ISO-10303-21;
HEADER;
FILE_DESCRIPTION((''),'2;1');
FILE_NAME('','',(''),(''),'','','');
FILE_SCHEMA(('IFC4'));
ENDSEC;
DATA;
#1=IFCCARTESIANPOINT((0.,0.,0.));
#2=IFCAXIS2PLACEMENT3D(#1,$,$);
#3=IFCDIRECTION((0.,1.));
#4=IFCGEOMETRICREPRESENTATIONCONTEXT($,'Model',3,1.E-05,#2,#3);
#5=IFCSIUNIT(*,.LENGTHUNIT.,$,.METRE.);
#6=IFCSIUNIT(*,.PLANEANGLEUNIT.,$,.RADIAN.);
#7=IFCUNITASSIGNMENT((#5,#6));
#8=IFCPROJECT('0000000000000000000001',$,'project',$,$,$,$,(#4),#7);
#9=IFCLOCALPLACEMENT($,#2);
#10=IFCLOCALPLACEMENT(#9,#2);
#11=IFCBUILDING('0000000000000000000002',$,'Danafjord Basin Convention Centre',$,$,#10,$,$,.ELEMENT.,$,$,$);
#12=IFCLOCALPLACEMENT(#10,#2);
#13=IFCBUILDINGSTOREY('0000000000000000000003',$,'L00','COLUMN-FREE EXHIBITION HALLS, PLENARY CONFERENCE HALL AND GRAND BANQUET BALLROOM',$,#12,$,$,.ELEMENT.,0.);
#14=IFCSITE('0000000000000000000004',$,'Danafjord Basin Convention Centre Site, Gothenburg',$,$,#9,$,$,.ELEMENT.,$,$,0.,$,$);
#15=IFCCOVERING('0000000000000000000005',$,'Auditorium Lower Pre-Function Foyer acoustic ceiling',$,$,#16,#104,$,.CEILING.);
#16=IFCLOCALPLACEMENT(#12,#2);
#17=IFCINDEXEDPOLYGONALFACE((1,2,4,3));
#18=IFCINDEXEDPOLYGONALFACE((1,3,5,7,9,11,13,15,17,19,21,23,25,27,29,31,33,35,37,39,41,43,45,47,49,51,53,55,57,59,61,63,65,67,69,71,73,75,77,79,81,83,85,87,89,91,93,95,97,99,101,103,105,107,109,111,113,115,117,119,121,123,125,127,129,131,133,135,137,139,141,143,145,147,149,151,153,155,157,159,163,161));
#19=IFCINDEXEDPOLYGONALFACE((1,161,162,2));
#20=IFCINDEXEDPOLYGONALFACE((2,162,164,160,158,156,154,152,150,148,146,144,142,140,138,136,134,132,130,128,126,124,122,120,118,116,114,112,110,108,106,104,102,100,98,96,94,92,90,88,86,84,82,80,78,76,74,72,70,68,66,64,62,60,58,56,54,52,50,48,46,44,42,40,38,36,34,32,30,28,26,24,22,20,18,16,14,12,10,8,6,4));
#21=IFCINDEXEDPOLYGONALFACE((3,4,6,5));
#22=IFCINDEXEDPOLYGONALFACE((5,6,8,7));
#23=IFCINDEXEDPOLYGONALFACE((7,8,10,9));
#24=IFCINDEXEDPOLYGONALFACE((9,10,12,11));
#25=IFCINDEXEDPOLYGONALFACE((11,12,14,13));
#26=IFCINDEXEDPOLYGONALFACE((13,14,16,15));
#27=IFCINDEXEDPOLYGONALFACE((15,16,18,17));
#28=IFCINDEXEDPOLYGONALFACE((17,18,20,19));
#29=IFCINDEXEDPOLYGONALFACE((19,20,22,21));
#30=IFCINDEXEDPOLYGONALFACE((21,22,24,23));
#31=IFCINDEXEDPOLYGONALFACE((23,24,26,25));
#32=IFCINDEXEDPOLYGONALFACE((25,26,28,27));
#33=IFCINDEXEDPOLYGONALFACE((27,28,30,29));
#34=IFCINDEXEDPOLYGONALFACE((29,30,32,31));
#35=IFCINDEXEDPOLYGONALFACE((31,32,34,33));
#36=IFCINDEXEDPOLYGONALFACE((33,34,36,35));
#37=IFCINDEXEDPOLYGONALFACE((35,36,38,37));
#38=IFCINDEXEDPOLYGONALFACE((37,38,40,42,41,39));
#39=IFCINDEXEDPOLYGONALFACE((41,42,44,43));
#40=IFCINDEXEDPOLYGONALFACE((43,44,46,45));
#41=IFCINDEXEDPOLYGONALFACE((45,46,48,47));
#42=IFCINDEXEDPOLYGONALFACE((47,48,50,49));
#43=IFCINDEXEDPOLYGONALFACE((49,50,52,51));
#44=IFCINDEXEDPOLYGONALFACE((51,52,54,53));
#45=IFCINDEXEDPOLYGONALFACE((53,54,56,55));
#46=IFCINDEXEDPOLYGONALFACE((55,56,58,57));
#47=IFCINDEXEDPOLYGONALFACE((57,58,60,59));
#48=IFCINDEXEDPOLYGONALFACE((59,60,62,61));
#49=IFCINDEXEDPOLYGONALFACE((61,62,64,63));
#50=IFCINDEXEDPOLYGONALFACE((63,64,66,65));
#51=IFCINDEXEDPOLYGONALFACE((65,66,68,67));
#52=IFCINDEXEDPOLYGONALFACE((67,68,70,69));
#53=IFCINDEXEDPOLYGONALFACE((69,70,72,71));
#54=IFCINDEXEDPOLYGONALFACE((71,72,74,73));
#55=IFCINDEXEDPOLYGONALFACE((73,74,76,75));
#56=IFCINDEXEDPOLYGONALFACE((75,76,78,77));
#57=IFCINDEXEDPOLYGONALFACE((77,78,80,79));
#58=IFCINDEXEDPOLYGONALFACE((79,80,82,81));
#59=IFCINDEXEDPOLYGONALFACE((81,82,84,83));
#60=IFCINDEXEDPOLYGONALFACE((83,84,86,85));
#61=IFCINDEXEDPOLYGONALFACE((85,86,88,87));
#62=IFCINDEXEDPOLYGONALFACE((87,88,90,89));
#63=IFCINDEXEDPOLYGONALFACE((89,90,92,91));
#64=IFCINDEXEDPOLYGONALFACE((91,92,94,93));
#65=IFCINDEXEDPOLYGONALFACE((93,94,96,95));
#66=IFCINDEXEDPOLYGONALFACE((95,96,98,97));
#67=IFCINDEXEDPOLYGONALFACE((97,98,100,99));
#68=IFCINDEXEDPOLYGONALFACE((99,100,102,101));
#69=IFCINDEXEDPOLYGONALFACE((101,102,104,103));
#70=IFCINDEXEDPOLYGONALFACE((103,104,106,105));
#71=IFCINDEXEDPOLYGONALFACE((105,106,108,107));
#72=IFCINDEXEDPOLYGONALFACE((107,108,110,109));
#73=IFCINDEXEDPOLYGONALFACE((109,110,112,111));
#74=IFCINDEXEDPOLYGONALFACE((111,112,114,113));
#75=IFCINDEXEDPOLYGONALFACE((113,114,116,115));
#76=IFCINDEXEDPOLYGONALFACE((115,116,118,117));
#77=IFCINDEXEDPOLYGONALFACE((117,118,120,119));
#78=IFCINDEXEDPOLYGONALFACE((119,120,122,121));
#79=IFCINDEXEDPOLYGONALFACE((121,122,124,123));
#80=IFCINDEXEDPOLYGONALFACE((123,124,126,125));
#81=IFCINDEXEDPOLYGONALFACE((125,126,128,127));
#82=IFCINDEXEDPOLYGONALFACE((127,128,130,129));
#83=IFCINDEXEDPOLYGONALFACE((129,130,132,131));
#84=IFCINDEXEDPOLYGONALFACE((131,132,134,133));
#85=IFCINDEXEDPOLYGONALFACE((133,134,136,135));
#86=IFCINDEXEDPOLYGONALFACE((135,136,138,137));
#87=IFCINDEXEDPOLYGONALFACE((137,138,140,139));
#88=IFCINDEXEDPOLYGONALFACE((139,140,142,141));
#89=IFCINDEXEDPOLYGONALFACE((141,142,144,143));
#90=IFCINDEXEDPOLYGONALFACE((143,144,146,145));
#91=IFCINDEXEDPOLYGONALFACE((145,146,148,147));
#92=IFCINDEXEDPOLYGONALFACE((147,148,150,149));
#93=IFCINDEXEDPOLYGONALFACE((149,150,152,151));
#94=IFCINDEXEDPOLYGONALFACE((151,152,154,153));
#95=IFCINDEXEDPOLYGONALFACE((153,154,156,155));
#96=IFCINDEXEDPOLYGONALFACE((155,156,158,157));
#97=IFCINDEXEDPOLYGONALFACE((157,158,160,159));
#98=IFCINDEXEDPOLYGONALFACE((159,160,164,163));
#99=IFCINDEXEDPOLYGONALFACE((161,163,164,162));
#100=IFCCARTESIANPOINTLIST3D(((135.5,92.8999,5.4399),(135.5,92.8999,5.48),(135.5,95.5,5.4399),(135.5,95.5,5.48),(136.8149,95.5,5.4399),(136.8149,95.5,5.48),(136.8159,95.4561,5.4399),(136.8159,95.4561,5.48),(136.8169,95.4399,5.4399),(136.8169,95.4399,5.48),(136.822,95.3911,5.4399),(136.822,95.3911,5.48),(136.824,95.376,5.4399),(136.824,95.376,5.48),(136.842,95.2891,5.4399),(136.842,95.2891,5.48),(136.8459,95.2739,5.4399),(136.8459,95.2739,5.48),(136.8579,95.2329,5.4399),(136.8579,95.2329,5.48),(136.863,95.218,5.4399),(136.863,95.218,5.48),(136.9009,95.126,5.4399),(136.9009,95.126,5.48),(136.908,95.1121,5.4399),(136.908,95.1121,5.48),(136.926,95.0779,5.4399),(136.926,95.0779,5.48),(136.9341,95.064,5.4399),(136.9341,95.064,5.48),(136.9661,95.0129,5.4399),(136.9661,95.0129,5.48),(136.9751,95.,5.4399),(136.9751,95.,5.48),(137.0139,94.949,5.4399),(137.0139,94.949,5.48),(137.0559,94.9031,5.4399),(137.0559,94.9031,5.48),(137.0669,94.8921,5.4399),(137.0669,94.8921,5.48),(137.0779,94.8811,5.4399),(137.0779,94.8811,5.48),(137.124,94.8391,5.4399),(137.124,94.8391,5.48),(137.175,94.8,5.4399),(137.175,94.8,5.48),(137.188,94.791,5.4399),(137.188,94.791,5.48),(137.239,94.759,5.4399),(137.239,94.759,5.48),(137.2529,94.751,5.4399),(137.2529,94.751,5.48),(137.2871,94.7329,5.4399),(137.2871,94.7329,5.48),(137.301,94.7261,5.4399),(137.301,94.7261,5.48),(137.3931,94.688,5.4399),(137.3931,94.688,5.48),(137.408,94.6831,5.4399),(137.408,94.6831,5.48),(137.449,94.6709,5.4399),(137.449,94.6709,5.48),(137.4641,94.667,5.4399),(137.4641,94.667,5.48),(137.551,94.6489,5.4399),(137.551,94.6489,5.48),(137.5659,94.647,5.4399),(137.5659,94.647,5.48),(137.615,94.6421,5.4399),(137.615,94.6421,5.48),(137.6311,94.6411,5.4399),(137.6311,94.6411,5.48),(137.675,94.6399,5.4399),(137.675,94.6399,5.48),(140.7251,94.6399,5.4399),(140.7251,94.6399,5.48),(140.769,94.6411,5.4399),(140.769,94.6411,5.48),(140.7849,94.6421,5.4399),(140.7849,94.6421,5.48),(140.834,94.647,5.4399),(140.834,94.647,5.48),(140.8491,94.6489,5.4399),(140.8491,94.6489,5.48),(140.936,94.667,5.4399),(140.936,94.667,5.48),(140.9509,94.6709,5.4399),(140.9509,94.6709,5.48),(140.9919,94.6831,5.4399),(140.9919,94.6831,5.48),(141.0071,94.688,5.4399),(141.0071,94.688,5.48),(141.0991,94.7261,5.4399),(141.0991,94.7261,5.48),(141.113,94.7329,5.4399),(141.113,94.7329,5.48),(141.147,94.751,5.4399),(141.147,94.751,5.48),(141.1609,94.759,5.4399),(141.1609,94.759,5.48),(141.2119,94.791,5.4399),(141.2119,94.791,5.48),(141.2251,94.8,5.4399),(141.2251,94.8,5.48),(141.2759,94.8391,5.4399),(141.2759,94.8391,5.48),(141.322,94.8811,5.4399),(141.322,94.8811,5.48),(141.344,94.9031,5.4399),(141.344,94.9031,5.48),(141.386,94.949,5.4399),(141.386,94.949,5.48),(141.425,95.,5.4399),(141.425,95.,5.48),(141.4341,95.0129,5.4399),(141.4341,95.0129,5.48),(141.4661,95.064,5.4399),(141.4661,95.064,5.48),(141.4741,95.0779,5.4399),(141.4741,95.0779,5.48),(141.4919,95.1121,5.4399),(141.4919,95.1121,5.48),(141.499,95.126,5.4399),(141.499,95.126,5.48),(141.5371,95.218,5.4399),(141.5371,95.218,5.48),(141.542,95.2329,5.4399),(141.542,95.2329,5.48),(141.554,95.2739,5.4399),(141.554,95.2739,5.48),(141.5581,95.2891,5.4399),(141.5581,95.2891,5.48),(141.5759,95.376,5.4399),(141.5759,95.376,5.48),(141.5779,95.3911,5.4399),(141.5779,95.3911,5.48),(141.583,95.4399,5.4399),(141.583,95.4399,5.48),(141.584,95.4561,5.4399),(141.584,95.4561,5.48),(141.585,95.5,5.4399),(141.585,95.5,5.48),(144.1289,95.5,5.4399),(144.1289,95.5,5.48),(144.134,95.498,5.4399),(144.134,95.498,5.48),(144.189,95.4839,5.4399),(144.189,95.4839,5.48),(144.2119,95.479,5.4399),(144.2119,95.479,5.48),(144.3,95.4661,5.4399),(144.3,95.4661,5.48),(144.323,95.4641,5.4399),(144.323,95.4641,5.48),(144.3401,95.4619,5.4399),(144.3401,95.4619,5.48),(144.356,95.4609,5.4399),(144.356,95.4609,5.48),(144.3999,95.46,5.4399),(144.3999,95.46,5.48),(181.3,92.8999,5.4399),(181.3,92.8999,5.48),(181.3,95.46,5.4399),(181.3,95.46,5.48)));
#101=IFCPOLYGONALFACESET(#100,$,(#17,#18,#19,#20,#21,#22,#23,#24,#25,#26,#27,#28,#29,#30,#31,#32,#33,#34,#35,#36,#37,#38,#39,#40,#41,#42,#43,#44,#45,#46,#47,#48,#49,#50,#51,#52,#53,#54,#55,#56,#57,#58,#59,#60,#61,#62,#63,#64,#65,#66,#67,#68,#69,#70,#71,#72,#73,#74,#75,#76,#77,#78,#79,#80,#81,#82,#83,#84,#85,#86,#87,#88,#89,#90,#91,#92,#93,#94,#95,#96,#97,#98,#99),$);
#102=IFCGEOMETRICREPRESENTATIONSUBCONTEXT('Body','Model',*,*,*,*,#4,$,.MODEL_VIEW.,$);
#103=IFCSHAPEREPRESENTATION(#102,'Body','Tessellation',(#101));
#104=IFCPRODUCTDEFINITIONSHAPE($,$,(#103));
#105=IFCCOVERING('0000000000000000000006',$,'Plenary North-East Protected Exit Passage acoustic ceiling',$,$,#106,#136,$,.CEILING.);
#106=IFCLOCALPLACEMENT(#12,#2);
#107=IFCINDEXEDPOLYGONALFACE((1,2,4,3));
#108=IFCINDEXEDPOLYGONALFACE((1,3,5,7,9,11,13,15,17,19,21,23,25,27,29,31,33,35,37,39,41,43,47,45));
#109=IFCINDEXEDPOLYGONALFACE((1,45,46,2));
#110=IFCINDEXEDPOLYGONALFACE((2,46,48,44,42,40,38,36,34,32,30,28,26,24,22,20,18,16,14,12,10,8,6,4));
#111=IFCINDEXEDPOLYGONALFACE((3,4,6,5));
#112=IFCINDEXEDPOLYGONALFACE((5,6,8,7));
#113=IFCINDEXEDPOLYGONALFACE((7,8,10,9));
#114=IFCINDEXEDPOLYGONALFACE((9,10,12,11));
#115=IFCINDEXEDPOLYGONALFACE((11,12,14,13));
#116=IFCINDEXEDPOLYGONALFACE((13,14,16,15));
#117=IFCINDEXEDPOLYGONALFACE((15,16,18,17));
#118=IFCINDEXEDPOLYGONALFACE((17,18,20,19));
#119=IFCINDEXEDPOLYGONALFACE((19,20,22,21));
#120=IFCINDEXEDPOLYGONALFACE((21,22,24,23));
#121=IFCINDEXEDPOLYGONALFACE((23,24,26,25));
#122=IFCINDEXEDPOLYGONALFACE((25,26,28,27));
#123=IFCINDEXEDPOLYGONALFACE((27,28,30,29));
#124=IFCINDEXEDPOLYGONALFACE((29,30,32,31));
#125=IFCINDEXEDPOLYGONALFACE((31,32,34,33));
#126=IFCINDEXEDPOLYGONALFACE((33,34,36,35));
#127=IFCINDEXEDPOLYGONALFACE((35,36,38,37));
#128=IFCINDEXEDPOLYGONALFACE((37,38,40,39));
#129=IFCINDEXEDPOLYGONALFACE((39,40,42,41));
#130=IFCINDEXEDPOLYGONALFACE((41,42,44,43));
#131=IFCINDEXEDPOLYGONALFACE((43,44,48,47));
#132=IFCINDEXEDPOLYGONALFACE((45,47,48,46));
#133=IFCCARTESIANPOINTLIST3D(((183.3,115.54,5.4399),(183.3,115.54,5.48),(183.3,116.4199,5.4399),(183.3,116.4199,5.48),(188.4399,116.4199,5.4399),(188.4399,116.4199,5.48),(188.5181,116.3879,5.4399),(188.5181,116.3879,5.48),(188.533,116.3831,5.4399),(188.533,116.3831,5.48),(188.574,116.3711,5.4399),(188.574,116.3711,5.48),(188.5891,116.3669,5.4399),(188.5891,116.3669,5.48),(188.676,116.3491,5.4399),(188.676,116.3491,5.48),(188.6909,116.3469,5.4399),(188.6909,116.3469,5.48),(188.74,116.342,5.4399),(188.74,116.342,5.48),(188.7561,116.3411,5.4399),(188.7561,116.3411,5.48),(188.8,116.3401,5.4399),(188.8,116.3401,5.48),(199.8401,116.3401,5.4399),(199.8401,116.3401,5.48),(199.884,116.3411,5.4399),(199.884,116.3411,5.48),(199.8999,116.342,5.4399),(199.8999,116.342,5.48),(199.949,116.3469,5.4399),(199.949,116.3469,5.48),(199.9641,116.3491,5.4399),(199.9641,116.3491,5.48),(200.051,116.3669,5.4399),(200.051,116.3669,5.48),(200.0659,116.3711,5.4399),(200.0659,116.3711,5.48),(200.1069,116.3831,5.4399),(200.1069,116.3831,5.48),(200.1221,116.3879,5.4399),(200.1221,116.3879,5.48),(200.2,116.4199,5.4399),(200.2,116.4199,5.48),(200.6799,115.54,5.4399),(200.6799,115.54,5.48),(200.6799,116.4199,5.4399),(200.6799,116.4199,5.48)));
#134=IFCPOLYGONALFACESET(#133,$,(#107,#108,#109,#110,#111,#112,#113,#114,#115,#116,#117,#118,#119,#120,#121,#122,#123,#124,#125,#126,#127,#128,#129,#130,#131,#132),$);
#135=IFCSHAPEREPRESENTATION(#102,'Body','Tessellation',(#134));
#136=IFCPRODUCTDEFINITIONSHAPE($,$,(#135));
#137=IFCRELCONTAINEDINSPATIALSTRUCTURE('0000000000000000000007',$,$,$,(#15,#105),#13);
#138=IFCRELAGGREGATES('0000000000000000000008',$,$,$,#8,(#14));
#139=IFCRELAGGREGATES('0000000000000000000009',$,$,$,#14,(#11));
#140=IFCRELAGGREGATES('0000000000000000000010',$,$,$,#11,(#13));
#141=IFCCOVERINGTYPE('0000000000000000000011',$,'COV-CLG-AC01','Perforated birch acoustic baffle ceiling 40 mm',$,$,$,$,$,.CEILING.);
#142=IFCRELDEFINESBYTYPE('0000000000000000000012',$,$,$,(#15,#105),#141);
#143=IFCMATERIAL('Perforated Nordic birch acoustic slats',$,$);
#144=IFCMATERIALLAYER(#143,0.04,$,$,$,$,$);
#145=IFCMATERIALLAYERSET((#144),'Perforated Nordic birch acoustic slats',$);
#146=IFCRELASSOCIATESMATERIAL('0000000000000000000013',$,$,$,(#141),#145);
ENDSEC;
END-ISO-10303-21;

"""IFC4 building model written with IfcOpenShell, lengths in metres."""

from ifc_helpers import new_model, si_unit, direction, frame, origin, place, context, subcontext, project, spatial, polyline, outline, extrude, material, layer, layer_set, type_object, element, save


model = new_model("IFC4")

# Units and contexts
model_context = context("Model", 3, precision=1e-05, world=origin(), true_north=direction((0.0, 1.0)))
body_context = subcontext(model_context, "Body", "Model", "MODEL_VIEW")
ifc_project = project(units=[si_unit("LENGTHUNIT", "METRE"), si_unit("PLANEANGLEUNIT", "RADIAN")], contexts=[model_context])

# Site, building, storey
site_placement = place(None, origin())
site = spatial("IfcSite", under=ifc_project, at=site_placement, Name="Danafjord Basin Convention Centre Site, Gothenburg", CompositionType="ELEMENT", RefElevation=0.0)
building_placement = place(site_placement, origin())
building = spatial("IfcBuilding", under=site, at=building_placement, Name="Danafjord Basin Convention Centre", CompositionType="ELEMENT")
storey_placement = place(building_placement, origin())
storey = spatial("IfcBuildingStorey", under=building, at=storey_placement, Name="L00", Description="COLUMN-FREE EXHIBITION HALLS, PLENARY CONFERENCE HALL AND GRAND BANQUET BALLROOM", CompositionType="ELEMENT", Elevation=0.0)

# Coverings
ifc_material_1 = material(Name="Perforated Nordic birch acoustic slats")
ifc_layer_1 = layer(ifc_material_1, 0.04)
ifc_layer_set_1 = layer_set([ifc_layer_1], Name="Perforated Nordic birch acoustic slats")
covering_type_1 = type_object("IfcCoveringType", Name="COV-CLG-AC01", Description="Perforated birch acoustic baffle ceiling 40 mm", PredefinedType="CEILING", material=ifc_layer_set_1)
covering_1_placement = place(storey_placement, frame((0.0, 0.0, 5.4399)))
element("IfcCovering", 1, at=covering_1_placement, inside=storey, type_object=covering_type_1, Name="Auditorium Lower Pre-Function Foyer acoustic ceiling", PredefinedType="CEILING", context=body_context, shape_type="SweptSolid", body=[
    extrude(outline(polyline([(136.8149, 95.5), (136.8159, 95.4561), (136.8169, 95.4399), (136.822, 95.3911), (136.824, 95.376), (136.842, 95.2891), (136.8459, 95.2739), (136.8579, 95.2329), (136.863, 95.218), (136.9009, 95.126), (136.908, 95.1121), (136.926, 95.0779), (136.9341, 95.064), (136.9661, 95.0129), (136.9751, 95.0), (137.0139, 94.949), (137.0559, 94.9031), (137.0669, 94.8921), (137.0779, 94.8811), (137.124, 94.8391), (137.175, 94.8), (137.188, 94.791), (137.239, 94.759), (137.2529, 94.751), (137.2871, 94.7329), (137.301, 94.7261), (137.3931, 94.688), (137.408, 94.6831), (137.449, 94.6709), (137.4641, 94.667), (137.551, 94.6489), (137.5659, 94.647), (137.615, 94.6421), (137.6311, 94.6411), (137.675, 94.6399), (140.7251, 94.6399), (140.769, 94.6411), (140.7849, 94.6421), (140.834, 94.647), (140.8491, 94.6489), (140.936, 94.667), (140.9509, 94.6709), (140.9919, 94.6831), (141.0071, 94.688), (141.0991, 94.7261), (141.113, 94.7329), (141.147, 94.751), (141.1609, 94.759), (141.2119, 94.791), (141.2251, 94.8), (141.2759, 94.8391), (141.322, 94.8811), (141.344, 94.9031), (141.386, 94.949), (141.425, 95.0), (141.4341, 95.0129), (141.4661, 95.064), (141.4741, 95.0779), (141.4919, 95.1121), (141.499, 95.126), (141.5371, 95.218), (141.542, 95.2329), (141.554, 95.2739), (141.5581, 95.2891), (141.5759, 95.376), (141.5779, 95.3911), (141.583, 95.4399), (141.584, 95.4561), (141.585, 95.5), (144.1289, 95.5), (144.134, 95.498), (144.189, 95.4839), (144.2119, 95.479), (144.3, 95.4661), (144.323, 95.4641), (144.3401, 95.4619), (144.356, 95.4609), (144.3999, 95.46), (181.3, 95.46), (181.3, 92.8999), (135.5, 92.8999), (135.5, 95.5), (136.8149, 95.5)])), origin(), (0.0, 0.0, 1.0), 0.04),
])
covering_2_placement = place(storey_placement, frame((0.0, 0.0, 5.4399)))
element("IfcCovering", 2, at=covering_2_placement, inside=storey, type_object=covering_type_1, Name="Plenary North-East Protected Exit Passage acoustic ceiling", PredefinedType="CEILING", context=body_context, shape_type="SweptSolid", body=[
    extrude(outline(polyline([(188.4399, 116.4199), (188.5181, 116.3879), (188.533, 116.3831), (188.574, 116.3711), (188.5891, 116.3669), (188.676, 116.3491), (188.6909, 116.3469), (188.74, 116.342), (188.7561, 116.3411), (188.8, 116.3401), (199.8401, 116.3401), (199.884, 116.3411), (199.8999, 116.342), (199.949, 116.3469), (199.9641, 116.3491), (200.051, 116.3669), (200.0659, 116.3711), (200.1069, 116.3831), (200.1221, 116.3879), (200.2, 116.4199), (200.6799, 116.4199), (200.6799, 115.54), (183.3, 115.54), (183.3, 116.4199), (188.4399, 116.4199)])), origin(), (0.0, 0.0, 1.0), 0.04),
])

save(model, "model.ifc")
